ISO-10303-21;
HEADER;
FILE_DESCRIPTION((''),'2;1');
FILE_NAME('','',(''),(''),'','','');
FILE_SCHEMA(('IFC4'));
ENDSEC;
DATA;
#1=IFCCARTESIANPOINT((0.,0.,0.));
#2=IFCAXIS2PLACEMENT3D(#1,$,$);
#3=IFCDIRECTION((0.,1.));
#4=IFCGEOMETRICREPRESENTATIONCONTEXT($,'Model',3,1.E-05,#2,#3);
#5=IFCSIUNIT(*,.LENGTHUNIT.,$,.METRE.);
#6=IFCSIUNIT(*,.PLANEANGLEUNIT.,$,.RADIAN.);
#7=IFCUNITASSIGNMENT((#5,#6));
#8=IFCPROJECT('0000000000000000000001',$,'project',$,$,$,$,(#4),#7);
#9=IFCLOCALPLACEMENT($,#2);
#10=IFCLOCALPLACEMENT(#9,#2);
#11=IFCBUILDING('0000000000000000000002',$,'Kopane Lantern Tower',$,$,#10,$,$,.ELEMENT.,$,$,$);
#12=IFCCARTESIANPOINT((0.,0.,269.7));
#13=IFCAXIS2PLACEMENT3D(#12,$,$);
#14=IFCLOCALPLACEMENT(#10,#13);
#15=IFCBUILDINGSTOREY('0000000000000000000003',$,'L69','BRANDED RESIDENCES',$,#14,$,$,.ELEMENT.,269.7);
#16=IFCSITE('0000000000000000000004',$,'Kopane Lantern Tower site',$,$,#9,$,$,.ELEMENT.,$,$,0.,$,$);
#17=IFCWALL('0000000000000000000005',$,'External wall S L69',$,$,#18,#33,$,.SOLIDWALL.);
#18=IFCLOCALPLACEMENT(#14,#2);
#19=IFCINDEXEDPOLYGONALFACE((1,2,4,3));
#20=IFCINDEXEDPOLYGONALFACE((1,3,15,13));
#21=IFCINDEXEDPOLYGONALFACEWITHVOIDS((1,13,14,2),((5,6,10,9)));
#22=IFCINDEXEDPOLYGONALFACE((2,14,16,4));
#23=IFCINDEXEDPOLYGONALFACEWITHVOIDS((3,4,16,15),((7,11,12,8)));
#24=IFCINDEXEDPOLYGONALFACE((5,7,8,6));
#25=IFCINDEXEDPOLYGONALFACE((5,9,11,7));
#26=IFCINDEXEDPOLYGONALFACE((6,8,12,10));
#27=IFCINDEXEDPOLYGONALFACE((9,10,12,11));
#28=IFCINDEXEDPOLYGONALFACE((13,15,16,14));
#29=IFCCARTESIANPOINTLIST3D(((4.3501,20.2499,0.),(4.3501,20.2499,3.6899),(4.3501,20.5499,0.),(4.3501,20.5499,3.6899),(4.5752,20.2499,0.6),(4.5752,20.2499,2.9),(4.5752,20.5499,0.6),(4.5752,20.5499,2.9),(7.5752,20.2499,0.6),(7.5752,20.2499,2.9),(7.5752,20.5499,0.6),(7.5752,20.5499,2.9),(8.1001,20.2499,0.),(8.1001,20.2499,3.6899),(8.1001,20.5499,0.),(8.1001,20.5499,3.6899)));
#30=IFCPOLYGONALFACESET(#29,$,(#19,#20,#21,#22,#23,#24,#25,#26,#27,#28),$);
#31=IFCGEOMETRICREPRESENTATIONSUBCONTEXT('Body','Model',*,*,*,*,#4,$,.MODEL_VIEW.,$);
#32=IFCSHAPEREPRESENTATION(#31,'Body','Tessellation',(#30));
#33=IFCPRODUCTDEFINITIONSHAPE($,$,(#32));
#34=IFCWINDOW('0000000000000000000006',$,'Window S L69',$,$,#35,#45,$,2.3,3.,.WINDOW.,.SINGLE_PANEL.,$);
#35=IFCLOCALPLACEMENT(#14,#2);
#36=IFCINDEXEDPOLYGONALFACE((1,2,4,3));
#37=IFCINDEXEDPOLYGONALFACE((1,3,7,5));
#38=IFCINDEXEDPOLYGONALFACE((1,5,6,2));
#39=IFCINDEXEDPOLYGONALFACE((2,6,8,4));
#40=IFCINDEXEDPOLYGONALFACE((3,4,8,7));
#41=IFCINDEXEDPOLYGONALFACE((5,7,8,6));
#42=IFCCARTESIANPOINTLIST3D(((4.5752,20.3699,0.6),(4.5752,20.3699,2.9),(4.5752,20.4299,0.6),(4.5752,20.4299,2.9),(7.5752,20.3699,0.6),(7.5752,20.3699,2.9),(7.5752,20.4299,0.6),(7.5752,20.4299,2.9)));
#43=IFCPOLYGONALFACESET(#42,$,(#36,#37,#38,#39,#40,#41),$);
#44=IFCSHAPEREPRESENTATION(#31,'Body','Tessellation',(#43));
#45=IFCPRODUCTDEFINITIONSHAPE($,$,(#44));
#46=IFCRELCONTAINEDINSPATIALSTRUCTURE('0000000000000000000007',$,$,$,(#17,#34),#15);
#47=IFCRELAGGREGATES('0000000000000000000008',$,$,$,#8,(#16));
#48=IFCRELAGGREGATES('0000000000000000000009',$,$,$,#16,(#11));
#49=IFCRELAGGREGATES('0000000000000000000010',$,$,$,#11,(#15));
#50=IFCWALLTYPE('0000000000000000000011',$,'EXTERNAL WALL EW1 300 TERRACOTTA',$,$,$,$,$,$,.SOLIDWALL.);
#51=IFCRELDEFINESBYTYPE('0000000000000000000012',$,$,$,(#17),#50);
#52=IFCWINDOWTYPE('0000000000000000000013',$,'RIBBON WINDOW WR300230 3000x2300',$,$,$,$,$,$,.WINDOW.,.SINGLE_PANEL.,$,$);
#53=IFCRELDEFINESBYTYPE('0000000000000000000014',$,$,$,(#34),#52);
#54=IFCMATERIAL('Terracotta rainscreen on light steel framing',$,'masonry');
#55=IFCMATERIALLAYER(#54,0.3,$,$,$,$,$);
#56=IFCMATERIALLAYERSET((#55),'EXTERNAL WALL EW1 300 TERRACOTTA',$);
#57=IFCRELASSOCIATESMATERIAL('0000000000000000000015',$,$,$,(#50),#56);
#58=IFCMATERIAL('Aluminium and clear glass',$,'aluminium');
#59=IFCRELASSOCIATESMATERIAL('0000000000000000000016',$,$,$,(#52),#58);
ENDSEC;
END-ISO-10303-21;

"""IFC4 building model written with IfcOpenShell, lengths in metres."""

from ifc_helpers import new_model, si_unit, direction, frame, frame_2d, origin, place, context, subcontext, project, spatial, rectangle, extrude, material, layer, layer_set, type_object, element, fill, save


model = new_model("IFC4")

# Units and contexts
model_context = context("Model", 3, precision=1e-05, world=origin(), true_north=direction((0.0, 1.0)))
body_context = subcontext(model_context, "Body", "Model", "MODEL_VIEW")
ifc_project = project(units=[si_unit("LENGTHUNIT", "METRE"), si_unit("PLANEANGLEUNIT", "RADIAN")], contexts=[model_context])

# Site, building, storey
site_placement = place(None, origin())
site = spatial("IfcSite", under=ifc_project, at=site_placement, Name="Kopane Lantern Tower site", CompositionType="ELEMENT", RefElevation=0.0)
building_placement = place(site_placement, origin())
building = spatial("IfcBuilding", under=site, at=building_placement, Name="Kopane Lantern Tower", CompositionType="ELEMENT")
storey_placement = place(building_placement, frame((0.0, 0.0, 269.7)))
storey = spatial("IfcBuildingStorey", under=building, at=storey_placement, Name="L69", Description="BRANDED RESIDENCES", CompositionType="ELEMENT", Elevation=269.7)

# Wall, opening, window
ifc_material_1 = material(Name="Terracotta rainscreen on light steel framing", Category="masonry")
ifc_layer_1 = layer(ifc_material_1, 0.3)
ifc_layer_set_1 = layer_set([ifc_layer_1], Name="EXTERNAL WALL EW1 300 TERRACOTTA")
wall_type_1 = type_object("IfcWallType", Name="EXTERNAL WALL EW1 300 TERRACOTTA", PredefinedType="SOLIDWALL", material=ifc_layer_set_1)
wall_1_placement = place(storey_placement, frame((4.3501, 20.3999, 0.0), z_axis=(0.0, 0.0, 1.0), x_axis=(1.0, 0.0, 0.0)))
wall_1 = element("IfcWall", 1, at=wall_1_placement, inside=storey, type_object=wall_type_1, Name="External wall S L69", PredefinedType="SOLIDWALL", context=body_context, shape_type="SweptSolid", body=[
    extrude(rectangle(XDim=3.75, YDim=0.3, at=frame_2d((1.875, 0.0))), origin(), (0.0, 0.0, 1.0), 3.6899),
])
opening_placement = place(wall_1_placement, frame((0.2251, 0.0, 0.6001)))
opening = element("IfcOpeningElement", 2, at=opening_placement, cuts=wall_1, PredefinedType="OPENING", context=body_context, shape_type="SweptSolid", body=[
    extrude(rectangle(XDim=3.0, YDim=2.3, at=frame_2d((1.5, 1.1499))), frame((0.0, 0.1599, 0.0), z_axis=(0.0, -1.0, 0.0), x_axis=(1.0, 0.0, 0.0)), (0.0, 0.0, 1.0), 0.3201),
])
ifc_material_2 = material(Name="Aluminium and clear glass", Category="aluminium")
window_type = type_object("IfcWindowType", Name="RIBBON WINDOW WR300230 3000x2300", PartitioningType="SINGLE_PANEL", PredefinedType="WINDOW", material=ifc_material_2)
window_placement = place(opening_placement, origin())
window = element("IfcWindow", 3, at=window_placement, inside=storey, type_object=window_type, Name="Window S L69", OverallHeight=2.3, OverallWidth=3.0, PartitioningType="SINGLE_PANEL", PredefinedType="WINDOW", context=body_context, shape_type="SweptSolid", body=[
    extrude(rectangle(XDim=3.0, YDim=2.3, at=frame_2d((1.5, 1.1499))), frame((0.0, 0.03, 0.0), z_axis=(0.0, -1.0, 0.0), x_axis=(1.0, 0.0, 0.0)), (0.0, 0.0, 1.0), 0.0601),
])
fill(opening, window)

save(model, "model.ifc")
